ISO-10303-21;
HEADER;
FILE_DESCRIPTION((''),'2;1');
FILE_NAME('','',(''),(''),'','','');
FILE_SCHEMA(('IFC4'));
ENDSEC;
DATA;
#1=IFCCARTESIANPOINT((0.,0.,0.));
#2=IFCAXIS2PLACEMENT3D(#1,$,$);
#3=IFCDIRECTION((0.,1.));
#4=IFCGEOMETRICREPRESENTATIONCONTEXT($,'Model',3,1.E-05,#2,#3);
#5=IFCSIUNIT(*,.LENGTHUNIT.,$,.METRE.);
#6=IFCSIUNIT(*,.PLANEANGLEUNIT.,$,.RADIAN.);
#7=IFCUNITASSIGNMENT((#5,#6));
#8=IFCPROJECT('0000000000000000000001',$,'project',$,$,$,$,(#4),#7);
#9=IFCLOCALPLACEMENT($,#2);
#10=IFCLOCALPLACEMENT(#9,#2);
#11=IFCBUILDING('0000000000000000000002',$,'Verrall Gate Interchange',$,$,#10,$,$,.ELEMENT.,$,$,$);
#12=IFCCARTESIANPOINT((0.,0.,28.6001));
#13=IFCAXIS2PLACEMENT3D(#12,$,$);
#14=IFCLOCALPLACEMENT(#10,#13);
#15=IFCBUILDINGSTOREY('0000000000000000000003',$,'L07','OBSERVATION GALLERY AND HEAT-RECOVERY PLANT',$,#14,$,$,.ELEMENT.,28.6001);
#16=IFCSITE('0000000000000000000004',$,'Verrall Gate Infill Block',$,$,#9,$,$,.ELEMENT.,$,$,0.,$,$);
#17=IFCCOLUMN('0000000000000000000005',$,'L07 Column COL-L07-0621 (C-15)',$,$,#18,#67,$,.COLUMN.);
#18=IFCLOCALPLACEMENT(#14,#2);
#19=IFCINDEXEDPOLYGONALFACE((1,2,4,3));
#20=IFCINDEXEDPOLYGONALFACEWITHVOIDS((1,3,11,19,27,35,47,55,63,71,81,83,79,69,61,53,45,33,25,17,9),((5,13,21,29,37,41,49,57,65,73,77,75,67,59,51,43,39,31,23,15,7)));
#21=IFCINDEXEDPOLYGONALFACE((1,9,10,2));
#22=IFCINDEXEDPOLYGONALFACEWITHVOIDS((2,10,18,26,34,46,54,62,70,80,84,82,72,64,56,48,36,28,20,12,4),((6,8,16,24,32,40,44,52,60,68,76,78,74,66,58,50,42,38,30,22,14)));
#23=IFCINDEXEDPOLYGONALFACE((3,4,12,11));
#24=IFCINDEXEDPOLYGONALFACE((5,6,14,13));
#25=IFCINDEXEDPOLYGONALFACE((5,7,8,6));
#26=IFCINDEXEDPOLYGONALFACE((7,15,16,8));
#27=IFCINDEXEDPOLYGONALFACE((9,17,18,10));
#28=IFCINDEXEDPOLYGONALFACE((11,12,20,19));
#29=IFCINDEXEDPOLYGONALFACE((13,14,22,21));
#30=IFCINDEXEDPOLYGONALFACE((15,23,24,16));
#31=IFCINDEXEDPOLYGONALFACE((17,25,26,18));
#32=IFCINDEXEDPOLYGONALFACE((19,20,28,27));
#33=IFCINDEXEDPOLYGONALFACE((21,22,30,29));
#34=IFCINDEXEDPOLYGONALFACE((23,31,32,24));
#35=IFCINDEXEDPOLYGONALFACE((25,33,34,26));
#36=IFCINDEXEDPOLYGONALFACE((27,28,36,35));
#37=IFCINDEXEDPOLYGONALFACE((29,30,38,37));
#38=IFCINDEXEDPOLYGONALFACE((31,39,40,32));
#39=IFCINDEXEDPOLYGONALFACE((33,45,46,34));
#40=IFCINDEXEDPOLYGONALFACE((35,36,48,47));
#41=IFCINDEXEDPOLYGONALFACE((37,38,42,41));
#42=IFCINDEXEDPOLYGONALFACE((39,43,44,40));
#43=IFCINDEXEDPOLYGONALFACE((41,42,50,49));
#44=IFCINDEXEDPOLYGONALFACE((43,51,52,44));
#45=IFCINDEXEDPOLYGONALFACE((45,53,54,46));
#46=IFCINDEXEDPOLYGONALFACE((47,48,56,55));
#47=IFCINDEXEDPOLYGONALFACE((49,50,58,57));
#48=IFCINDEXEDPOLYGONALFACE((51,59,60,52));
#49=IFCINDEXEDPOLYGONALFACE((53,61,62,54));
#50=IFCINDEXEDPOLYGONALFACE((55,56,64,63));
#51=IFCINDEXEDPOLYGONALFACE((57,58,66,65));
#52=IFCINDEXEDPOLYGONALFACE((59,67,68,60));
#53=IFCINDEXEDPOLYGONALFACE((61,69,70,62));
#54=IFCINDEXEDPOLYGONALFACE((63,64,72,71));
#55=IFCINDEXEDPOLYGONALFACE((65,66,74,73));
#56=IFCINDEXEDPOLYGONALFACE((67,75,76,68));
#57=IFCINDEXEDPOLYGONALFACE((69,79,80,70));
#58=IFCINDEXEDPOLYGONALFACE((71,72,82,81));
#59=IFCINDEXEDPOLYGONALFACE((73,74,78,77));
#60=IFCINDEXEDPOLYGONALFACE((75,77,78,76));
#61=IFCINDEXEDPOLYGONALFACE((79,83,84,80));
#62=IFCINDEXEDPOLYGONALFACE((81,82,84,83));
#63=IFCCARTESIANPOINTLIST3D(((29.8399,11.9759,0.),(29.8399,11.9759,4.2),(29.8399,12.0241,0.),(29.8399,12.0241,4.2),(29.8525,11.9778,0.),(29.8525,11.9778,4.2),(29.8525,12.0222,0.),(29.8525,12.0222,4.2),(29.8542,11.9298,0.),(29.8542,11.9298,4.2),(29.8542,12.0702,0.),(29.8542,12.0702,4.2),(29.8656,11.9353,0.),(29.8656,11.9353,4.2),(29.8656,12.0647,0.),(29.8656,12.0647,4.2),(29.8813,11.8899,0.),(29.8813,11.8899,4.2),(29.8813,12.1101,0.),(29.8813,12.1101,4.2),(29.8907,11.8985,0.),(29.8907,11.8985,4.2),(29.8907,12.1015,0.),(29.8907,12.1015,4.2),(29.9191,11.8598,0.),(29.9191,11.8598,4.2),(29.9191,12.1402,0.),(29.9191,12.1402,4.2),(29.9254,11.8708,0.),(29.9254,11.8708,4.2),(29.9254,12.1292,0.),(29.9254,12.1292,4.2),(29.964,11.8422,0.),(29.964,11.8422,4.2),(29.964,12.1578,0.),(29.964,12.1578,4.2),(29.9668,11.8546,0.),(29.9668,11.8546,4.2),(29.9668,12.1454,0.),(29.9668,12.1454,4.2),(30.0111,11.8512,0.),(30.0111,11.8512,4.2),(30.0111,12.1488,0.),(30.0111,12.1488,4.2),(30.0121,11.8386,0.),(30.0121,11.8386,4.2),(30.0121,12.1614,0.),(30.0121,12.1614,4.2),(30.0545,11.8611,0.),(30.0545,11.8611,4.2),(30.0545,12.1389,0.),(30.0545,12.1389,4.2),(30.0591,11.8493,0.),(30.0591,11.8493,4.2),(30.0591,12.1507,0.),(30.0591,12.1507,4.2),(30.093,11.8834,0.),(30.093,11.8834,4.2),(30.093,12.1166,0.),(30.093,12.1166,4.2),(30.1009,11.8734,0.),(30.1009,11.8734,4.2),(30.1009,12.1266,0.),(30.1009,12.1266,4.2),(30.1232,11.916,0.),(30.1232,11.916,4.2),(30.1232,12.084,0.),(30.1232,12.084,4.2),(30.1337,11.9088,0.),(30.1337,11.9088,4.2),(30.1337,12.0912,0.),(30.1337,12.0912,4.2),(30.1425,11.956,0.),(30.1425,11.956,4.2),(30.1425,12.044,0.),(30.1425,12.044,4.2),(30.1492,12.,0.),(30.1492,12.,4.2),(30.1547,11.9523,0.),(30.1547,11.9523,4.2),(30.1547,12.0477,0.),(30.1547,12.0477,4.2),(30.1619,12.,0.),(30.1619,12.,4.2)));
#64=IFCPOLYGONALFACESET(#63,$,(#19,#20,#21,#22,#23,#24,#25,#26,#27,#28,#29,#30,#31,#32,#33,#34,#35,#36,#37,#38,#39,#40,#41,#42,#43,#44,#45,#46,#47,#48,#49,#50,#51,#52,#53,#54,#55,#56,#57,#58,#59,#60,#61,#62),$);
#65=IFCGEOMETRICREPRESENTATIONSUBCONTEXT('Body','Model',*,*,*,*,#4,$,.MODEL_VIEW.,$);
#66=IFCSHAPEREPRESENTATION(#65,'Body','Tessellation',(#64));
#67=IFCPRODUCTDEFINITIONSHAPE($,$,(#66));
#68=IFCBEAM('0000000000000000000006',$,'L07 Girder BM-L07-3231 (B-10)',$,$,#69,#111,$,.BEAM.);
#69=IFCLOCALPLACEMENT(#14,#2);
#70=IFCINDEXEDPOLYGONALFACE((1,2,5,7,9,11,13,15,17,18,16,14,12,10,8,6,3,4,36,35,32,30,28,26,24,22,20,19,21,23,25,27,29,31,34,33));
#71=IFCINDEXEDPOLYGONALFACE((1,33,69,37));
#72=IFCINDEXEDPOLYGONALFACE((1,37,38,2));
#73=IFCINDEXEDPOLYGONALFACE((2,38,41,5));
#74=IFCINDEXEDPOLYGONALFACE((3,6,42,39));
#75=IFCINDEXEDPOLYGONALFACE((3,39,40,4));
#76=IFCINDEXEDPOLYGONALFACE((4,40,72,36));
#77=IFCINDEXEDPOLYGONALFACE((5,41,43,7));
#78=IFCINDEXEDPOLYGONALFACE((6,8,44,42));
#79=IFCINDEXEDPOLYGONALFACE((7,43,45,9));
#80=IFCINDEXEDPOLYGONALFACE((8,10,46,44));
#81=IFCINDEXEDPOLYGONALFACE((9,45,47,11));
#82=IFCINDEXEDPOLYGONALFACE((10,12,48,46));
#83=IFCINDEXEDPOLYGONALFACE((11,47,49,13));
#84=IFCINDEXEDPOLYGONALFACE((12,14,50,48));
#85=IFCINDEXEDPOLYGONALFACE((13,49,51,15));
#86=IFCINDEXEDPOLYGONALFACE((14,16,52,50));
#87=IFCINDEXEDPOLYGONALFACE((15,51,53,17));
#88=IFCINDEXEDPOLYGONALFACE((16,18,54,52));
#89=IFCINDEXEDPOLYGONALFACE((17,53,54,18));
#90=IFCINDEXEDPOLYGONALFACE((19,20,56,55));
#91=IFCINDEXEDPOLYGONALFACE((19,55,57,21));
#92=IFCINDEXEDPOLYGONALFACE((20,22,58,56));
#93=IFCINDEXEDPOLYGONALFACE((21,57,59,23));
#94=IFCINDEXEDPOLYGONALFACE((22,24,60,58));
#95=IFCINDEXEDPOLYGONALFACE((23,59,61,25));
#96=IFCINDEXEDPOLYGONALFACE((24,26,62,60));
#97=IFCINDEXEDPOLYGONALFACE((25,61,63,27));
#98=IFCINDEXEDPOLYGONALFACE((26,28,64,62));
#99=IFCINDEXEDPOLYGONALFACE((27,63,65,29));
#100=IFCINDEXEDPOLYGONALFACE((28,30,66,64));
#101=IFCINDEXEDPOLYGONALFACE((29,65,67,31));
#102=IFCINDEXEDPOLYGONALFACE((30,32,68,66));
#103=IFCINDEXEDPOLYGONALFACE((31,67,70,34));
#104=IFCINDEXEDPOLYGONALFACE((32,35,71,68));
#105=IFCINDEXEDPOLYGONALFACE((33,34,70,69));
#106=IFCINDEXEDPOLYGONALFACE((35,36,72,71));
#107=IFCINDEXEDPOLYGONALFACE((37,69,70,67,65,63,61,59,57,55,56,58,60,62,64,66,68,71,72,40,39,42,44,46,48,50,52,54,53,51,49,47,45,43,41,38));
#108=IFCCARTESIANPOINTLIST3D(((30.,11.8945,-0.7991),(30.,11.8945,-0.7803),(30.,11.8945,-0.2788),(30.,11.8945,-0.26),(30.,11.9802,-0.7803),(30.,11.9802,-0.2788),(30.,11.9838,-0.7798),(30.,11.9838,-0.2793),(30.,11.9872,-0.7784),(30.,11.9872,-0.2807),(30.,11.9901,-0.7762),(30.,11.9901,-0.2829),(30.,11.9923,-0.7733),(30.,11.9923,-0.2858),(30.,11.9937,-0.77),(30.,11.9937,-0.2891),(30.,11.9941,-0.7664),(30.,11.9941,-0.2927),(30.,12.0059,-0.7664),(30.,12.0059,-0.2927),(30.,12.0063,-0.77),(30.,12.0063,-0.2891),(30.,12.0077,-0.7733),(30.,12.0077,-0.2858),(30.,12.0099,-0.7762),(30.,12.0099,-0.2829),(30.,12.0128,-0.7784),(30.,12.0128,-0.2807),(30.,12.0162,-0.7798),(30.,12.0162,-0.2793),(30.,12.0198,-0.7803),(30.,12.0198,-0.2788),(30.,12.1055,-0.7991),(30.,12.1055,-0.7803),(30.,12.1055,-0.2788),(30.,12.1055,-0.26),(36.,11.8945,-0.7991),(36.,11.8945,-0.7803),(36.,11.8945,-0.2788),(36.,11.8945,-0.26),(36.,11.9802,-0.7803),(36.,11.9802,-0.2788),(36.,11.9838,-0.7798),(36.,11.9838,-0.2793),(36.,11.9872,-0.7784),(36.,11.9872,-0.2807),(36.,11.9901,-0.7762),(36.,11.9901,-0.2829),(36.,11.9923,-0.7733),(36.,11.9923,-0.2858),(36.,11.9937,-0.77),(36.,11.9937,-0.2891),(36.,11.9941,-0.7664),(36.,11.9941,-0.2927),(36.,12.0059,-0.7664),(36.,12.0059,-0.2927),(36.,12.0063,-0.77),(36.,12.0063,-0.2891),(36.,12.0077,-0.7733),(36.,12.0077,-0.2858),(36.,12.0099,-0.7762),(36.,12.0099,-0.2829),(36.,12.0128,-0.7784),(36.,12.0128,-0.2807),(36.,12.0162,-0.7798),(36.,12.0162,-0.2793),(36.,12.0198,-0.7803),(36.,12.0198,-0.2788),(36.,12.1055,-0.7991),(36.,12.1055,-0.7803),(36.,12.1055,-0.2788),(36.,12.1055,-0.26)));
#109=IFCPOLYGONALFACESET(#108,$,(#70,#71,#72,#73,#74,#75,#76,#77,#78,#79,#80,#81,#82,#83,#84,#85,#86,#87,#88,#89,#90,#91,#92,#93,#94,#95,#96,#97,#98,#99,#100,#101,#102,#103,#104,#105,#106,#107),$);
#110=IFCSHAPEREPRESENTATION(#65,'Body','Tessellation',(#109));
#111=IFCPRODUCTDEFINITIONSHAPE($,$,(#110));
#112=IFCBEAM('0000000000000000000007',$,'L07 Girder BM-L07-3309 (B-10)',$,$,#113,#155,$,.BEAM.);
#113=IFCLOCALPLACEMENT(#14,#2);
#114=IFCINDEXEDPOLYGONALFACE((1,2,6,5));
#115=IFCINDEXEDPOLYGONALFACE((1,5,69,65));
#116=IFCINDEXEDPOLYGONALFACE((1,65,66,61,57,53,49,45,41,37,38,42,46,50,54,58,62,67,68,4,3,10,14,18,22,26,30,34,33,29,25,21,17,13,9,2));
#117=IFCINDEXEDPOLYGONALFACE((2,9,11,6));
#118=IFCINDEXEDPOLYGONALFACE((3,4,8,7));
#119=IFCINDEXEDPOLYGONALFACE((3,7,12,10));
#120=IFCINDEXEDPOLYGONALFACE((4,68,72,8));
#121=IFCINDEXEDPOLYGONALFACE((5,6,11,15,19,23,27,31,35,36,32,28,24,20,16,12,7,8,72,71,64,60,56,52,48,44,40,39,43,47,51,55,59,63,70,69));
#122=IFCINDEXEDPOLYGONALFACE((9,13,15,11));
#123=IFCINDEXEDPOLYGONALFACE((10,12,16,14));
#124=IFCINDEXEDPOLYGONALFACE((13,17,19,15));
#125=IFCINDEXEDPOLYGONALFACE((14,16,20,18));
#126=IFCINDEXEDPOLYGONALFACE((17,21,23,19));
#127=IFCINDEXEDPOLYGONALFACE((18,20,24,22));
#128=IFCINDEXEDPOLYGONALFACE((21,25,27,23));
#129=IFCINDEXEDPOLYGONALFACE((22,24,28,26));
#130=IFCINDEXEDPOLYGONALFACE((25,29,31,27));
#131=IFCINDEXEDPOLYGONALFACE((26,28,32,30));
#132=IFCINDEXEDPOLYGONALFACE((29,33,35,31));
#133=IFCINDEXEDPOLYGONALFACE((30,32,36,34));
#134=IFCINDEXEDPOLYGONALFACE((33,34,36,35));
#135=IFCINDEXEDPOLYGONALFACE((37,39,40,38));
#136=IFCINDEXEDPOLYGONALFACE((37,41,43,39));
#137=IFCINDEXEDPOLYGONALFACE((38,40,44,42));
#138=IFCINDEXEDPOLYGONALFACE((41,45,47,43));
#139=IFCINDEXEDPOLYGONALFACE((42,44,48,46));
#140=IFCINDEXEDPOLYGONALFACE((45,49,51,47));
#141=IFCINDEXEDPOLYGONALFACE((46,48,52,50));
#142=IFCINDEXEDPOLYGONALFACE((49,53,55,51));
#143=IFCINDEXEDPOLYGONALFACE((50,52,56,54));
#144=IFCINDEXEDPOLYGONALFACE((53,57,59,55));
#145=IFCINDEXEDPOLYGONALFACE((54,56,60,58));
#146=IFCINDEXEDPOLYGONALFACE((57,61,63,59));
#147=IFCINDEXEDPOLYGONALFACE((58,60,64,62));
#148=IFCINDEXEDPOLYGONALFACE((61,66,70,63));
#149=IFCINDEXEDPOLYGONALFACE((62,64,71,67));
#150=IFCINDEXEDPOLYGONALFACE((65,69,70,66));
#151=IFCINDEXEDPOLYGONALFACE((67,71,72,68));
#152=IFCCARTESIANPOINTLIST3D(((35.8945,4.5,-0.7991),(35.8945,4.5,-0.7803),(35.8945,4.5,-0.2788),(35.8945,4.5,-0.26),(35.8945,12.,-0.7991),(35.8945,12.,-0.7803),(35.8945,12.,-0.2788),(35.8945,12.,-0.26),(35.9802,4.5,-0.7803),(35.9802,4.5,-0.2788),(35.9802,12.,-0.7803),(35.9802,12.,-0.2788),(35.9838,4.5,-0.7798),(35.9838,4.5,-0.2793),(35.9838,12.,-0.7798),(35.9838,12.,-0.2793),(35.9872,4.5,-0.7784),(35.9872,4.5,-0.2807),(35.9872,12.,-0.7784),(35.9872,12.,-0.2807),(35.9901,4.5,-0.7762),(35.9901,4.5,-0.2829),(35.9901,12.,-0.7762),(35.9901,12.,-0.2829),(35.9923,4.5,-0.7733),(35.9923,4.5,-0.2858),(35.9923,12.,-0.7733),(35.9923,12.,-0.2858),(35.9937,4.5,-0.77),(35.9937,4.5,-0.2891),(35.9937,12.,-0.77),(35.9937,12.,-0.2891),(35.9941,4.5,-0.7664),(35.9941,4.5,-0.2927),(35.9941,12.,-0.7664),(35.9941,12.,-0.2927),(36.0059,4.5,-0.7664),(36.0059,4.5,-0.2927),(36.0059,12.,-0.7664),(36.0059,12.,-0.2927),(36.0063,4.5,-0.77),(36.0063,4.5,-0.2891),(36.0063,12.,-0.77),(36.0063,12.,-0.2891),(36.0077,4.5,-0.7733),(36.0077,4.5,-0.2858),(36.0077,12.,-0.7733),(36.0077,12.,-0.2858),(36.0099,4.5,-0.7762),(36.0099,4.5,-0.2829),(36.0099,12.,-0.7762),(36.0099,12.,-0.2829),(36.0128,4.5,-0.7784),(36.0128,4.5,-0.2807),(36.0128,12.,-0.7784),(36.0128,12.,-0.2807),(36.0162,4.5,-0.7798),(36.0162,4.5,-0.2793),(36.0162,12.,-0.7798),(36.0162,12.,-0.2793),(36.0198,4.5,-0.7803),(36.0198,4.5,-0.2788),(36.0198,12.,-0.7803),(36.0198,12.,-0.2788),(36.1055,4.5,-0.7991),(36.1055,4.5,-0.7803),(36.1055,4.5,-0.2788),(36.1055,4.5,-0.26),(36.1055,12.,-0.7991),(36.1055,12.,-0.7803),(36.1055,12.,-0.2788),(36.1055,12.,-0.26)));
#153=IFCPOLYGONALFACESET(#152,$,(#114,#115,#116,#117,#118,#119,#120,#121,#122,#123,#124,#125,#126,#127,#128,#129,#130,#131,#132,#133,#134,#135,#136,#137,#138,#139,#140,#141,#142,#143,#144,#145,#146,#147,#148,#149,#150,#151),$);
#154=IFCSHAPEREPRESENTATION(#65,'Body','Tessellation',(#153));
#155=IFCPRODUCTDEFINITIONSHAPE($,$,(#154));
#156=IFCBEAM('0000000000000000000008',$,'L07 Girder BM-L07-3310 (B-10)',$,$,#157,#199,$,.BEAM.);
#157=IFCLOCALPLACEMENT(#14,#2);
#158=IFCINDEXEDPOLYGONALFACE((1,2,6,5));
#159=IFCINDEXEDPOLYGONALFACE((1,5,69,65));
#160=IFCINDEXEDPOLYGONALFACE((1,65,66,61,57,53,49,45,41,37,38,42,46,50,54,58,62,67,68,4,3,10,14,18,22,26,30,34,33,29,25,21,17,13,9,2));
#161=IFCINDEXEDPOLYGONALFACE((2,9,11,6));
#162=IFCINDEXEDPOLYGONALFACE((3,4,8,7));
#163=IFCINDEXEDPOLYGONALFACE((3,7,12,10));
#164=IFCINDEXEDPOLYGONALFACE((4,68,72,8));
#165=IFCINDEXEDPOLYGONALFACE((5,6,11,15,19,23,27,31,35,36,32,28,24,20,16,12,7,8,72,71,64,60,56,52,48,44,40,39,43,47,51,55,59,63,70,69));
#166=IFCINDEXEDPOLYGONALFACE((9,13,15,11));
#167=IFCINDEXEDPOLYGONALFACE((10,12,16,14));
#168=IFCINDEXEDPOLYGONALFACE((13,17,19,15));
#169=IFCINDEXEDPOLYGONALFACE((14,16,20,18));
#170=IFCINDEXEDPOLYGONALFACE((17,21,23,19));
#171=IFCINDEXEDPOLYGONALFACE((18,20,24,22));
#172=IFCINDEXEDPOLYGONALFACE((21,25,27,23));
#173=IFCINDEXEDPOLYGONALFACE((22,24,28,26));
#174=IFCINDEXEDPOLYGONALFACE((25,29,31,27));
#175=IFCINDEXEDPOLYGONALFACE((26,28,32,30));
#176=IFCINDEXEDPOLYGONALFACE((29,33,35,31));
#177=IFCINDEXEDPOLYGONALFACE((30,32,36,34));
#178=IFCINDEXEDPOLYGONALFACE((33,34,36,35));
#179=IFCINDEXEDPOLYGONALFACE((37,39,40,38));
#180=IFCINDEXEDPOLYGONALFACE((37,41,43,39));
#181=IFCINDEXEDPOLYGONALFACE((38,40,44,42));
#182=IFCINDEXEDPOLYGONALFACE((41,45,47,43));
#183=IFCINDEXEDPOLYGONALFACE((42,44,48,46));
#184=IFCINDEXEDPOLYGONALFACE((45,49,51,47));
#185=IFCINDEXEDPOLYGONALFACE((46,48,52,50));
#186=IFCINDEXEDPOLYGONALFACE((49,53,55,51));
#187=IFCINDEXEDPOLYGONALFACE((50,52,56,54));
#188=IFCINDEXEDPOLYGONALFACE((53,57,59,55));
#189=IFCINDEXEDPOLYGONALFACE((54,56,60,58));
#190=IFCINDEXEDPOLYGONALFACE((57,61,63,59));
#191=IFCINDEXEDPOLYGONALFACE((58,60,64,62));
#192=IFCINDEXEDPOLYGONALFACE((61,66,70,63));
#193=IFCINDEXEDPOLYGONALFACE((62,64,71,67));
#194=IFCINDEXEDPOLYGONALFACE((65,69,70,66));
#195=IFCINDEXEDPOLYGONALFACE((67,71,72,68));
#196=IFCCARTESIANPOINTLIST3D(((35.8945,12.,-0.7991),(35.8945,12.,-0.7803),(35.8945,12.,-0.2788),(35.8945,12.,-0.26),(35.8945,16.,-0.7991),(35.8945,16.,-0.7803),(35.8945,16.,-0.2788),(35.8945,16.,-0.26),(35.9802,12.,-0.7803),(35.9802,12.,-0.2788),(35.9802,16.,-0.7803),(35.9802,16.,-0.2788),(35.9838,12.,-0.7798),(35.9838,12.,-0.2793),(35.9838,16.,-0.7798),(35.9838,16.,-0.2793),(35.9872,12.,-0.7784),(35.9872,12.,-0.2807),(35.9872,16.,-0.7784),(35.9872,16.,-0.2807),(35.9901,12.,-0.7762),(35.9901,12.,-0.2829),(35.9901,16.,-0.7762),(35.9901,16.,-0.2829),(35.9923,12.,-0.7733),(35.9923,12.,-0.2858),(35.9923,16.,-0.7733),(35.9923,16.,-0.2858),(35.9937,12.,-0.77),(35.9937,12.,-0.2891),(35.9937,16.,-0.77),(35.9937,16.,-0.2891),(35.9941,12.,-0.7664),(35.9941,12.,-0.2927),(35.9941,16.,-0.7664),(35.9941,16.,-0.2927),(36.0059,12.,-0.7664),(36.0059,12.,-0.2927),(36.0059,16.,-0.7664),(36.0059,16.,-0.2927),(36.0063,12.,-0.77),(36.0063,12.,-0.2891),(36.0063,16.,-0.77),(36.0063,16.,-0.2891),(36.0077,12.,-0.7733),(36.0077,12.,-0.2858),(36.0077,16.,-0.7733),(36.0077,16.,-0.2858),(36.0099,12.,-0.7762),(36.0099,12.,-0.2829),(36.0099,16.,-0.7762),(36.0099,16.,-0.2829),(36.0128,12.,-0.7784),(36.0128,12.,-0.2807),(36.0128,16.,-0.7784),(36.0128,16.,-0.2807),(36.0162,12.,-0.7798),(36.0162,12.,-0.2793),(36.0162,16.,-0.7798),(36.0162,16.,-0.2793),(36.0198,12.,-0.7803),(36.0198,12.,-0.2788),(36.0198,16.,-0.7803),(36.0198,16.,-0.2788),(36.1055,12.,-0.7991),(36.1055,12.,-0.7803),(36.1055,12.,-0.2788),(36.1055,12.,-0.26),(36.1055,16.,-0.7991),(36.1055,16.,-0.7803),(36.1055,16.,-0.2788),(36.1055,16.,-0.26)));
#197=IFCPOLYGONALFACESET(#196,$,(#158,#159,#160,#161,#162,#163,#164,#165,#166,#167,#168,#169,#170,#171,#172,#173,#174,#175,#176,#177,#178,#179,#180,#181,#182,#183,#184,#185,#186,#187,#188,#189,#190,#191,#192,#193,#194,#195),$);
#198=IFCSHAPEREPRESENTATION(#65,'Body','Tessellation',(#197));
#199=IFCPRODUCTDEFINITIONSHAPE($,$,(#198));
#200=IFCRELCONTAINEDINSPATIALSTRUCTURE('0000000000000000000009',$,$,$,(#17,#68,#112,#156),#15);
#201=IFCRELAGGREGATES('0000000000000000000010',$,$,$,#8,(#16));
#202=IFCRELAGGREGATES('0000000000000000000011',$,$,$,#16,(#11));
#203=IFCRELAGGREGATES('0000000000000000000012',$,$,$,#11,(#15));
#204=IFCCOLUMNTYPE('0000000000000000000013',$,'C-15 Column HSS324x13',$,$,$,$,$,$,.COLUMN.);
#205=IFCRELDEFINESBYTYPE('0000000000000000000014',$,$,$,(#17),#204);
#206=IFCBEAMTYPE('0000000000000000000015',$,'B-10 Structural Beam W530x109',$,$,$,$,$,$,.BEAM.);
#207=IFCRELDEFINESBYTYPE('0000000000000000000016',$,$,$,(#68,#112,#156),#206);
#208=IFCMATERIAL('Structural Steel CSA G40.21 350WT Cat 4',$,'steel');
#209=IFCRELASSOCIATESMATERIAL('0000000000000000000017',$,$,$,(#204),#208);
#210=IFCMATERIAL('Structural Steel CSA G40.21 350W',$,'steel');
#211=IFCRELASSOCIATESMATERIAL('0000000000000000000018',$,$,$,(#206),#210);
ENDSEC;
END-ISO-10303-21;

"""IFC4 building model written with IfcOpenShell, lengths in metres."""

from ifc_helpers import new_model, si_unit, direction, frame, origin, origin_2d, place, context, subcontext, project, spatial, hollow_circle, i_section, extrude, material, material_profile, profile_set, type_object, element, save


model = new_model("IFC4")

# Units and contexts
model_context = context("Model", 3, precision=1e-05, world=origin(), true_north=direction((0.0, 1.0)))
body_context = subcontext(model_context, "Body", "Model", "MODEL_VIEW")
ifc_project = project(units=[si_unit("LENGTHUNIT", "METRE"), si_unit("PLANEANGLEUNIT", "RADIAN")], contexts=[model_context])

# Site, building, storey
site_placement = place(None, origin())
site = spatial("IfcSite", under=ifc_project, at=site_placement, Name="Verrall Gate Infill Block", CompositionType="ELEMENT", RefElevation=0.0)
building_placement = place(site_placement, origin())
building = spatial("IfcBuilding", under=site, at=building_placement, Name="Verrall Gate Interchange", CompositionType="ELEMENT")
storey_placement = place(building_placement, frame((0.0, 0.0, 28.6001)))
storey = spatial("IfcBuildingStorey", under=building, at=storey_placement, Name="L07", Description="OBSERVATION GALLERY AND HEAT-RECOVERY PLANT", CompositionType="ELEMENT", Elevation=28.6001)

# Column
ifc_material_1 = material(Name="Structural Steel CSA G40.21 350WT Cat 4", Category="steel")
ifc_material_profile_1 = material_profile(ifc_material_1, hollow_circle(Radius=0.1619, WallThickness=0.0127, at=origin_2d()), Name="HSS324x13")
ifc_profile_set_1 = profile_set([ifc_material_profile_1], Name="Structural Steel CSA G40.21 350WT Cat 4")
column_type = type_object("IfcColumnType", Name="C-15 Column HSS324x13", PredefinedType="COLUMN", material=ifc_profile_set_1)
column_placement = place(storey_placement, frame((30.0, 12.0, 0.0), z_axis=(0.0, 0.0, 1.0), x_axis=(1.0, 0.0, 0.0)))
element("IfcColumn", 1, at=column_placement, inside=storey, type_object=column_type, Name="L07 Column COL-L07-0621 (C-15)", PredefinedType="COLUMN", context=body_context, shape_type="SweptSolid", body=[
    extrude(hollow_circle(Radius=0.1619, WallThickness=0.0127, at=origin_2d()), origin(), (0.0, 0.0, 1.0), 4.2),
])

# Beams
ifc_material_2 = material(Name="Structural Steel CSA G40.21 350W", Category="steel")
ifc_material_profile_2 = material_profile(ifc_material_2, i_section(OverallWidth=0.2109, OverallDepth=0.5391, WebThickness=0.0117, FlangeThickness=0.0188, FilletRadius=0.0139, at=origin_2d()), Name="W530x109")
ifc_profile_set_2 = profile_set([ifc_material_profile_2], Name="Structural Steel CSA G40.21 350W")
beam_type_1 = type_object("IfcBeamType", Name="B-10 Structural Beam W530x109", PredefinedType="BEAM", material=ifc_profile_set_2)
beam_1_placement = place(storey_placement, frame((30.0, 12.0, -0.5295), z_axis=(1.0, 0.0, 0.0), x_axis=(0.0, 1.0, 0.0)))
element("IfcBeam", 2, at=beam_1_placement, inside=storey, type_object=beam_type_1, Name="L07 Girder BM-L07-3231 (B-10)", PredefinedType="BEAM", context=body_context, shape_type="SweptSolid", body=[
    extrude(i_section(OverallWidth=0.2109, OverallDepth=0.5391, WebThickness=0.0117, FlangeThickness=0.0188, FilletRadius=0.0139, at=origin_2d()), origin(), (0.0, 0.0, 1.0), 6.0),
])
beam_2_placement = place(storey_placement, frame((36.0, 4.5, -0.5295), z_axis=(0.0, 1.0, 0.0), x_axis=(-1.0, 0.0, 0.0)))
element("IfcBeam", 3, at=beam_2_placement, inside=storey, type_object=beam_type_1, Name="L07 Girder BM-L07-3309 (B-10)", PredefinedType="BEAM", context=body_context, shape_type="SweptSolid", body=[
    extrude(i_section(OverallWidth=0.2109, OverallDepth=0.5391, WebThickness=0.0117, FlangeThickness=0.0188, FilletRadius=0.0139, at=origin_2d()), origin(), (0.0, 0.0, 1.0), 7.5),
])
beam_3_placement = place(storey_placement, frame((36.0, 12.0, -0.5295), z_axis=(0.0, 1.0, 0.0), x_axis=(-1.0, 0.0, 0.0)))
element("IfcBeam", 4, at=beam_3_placement, inside=storey, type_object=beam_type_1, Name="L07 Girder BM-L07-3310 (B-10)", PredefinedType="BEAM", context=body_context, shape_type="SweptSolid", body=[
    extrude(i_section(OverallWidth=0.2109, OverallDepth=0.5391, WebThickness=0.0117, FlangeThickness=0.0188, FilletRadius=0.0139, at=origin_2d()), origin(), (0.0, 0.0, 1.0), 4.0),
])

save(model, "model.ifc")
